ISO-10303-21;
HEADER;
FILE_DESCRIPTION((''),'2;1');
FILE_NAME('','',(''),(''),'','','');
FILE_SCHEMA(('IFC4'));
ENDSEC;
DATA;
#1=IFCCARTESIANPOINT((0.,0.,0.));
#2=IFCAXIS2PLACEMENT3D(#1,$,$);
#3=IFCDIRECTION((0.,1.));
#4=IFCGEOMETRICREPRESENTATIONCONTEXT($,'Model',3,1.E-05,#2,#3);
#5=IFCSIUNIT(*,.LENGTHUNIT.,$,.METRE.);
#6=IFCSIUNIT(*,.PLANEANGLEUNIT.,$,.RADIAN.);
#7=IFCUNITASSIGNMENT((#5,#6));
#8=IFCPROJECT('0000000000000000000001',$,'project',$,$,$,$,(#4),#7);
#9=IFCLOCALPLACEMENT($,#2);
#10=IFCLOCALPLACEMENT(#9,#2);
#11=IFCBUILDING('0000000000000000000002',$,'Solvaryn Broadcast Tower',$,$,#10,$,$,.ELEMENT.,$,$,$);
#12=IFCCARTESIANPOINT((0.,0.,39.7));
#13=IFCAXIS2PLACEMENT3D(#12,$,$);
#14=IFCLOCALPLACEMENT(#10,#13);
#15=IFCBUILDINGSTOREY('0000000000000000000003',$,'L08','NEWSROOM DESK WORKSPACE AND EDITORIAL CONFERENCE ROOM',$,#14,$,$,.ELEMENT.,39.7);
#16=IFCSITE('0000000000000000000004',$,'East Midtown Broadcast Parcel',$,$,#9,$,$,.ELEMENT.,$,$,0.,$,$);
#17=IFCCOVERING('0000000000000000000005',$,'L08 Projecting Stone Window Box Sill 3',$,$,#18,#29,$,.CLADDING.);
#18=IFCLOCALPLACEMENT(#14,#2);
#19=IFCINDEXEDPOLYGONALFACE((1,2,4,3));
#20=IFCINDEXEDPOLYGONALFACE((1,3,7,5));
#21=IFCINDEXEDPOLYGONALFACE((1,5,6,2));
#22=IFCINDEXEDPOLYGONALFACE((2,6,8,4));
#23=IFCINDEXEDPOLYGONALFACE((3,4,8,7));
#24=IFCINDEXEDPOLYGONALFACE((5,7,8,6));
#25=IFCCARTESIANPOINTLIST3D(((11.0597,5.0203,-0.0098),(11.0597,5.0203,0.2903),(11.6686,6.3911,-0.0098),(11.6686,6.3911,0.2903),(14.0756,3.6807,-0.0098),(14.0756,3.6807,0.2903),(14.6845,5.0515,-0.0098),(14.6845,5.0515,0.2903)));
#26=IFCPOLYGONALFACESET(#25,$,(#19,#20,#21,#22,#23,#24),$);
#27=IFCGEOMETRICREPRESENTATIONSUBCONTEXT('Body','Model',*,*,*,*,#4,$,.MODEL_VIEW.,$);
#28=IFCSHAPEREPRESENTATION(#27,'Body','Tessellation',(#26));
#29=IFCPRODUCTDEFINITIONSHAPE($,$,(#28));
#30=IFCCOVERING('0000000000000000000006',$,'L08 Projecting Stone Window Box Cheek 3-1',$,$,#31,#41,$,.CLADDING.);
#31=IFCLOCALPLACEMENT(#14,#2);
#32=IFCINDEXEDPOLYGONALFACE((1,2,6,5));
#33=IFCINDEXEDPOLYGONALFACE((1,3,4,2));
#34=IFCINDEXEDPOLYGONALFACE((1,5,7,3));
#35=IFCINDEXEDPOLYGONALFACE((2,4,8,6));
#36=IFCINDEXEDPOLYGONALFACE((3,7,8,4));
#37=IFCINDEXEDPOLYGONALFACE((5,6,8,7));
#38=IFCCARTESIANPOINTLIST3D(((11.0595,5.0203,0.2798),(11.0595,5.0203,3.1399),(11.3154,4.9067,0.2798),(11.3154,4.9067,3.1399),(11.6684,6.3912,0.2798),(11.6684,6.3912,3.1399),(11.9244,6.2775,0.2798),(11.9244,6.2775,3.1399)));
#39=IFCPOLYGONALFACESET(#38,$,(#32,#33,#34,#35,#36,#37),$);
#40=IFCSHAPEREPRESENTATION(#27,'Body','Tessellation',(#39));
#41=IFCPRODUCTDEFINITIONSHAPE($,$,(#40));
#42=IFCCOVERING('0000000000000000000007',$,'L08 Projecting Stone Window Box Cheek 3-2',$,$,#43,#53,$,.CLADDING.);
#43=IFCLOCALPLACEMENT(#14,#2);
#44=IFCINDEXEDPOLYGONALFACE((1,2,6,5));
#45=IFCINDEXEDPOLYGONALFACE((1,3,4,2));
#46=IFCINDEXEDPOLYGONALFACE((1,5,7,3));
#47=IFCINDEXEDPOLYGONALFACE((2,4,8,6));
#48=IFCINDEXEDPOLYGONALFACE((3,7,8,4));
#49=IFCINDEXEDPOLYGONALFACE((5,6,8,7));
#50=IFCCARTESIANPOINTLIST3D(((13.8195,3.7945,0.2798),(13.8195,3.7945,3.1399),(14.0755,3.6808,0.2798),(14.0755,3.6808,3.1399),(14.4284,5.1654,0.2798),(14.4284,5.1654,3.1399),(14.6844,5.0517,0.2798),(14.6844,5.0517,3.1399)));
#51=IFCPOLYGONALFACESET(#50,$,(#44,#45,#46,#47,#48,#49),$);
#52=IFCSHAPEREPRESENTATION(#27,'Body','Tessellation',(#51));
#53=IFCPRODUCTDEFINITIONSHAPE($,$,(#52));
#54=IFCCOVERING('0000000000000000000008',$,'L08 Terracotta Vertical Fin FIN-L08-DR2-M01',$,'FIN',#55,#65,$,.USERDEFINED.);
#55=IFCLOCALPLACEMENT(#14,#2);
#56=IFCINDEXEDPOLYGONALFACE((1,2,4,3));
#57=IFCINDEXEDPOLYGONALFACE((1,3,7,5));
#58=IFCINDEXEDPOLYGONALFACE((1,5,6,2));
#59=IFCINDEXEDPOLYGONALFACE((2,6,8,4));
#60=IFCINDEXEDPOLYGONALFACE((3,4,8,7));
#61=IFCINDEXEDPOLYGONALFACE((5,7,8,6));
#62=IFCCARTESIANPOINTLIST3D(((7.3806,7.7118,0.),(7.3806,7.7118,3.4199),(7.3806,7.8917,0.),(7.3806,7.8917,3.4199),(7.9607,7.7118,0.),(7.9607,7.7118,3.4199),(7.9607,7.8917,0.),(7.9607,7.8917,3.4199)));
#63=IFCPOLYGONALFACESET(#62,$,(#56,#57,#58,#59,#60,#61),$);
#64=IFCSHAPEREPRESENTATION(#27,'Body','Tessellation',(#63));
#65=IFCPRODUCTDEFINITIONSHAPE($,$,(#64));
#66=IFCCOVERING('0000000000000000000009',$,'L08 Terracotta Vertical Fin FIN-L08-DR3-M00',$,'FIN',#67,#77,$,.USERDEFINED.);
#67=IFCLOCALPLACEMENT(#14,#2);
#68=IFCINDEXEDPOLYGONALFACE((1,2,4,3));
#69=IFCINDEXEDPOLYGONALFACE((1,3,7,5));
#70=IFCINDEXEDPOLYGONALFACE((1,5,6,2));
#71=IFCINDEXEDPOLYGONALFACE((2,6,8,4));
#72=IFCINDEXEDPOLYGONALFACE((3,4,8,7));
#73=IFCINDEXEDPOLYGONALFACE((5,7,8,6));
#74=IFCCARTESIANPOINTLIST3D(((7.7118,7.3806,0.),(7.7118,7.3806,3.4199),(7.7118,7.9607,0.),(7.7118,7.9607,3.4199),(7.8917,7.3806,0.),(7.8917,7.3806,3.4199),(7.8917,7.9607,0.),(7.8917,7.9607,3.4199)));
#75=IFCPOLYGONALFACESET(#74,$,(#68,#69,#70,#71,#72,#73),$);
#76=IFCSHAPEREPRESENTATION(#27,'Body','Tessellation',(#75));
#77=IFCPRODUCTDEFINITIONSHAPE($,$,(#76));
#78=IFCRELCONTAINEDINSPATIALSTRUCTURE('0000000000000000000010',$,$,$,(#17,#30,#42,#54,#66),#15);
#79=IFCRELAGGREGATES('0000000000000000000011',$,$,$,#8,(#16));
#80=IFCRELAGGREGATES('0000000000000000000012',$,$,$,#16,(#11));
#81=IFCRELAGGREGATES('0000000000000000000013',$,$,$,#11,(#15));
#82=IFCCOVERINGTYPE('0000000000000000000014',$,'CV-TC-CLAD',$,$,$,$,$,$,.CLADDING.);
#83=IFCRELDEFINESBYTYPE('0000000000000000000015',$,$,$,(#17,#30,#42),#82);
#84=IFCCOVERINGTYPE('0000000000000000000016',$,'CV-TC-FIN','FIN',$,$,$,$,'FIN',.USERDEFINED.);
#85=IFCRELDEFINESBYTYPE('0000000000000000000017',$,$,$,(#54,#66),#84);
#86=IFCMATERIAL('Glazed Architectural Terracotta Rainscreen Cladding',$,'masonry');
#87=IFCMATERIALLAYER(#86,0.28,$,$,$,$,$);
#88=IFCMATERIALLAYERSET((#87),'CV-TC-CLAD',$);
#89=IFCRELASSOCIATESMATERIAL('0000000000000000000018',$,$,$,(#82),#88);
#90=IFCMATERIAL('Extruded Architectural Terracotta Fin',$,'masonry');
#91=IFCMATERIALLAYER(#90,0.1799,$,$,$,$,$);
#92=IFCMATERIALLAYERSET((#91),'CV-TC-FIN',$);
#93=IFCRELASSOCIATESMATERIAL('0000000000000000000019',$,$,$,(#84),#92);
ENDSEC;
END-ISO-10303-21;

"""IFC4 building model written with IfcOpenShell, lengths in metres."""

from ifc_helpers import new_model, si_unit, direction, frame, origin, origin_2d, place, context, subcontext, project, spatial, rectangle, extrude, material, layer, layer_set, type_object, element, save


model = new_model("IFC4")

# Units and contexts
model_context = context("Model", 3, precision=1e-05, world=origin(), true_north=direction((0.0, 1.0)))
body_context = subcontext(model_context, "Body", "Model", "MODEL_VIEW")
ifc_project = project(units=[si_unit("LENGTHUNIT", "METRE"), si_unit("PLANEANGLEUNIT", "RADIAN")], contexts=[model_context])

# Site, building, storey
site_placement = place(None, origin())
site = spatial("IfcSite", under=ifc_project, at=site_placement, Name="East Midtown Broadcast Parcel", CompositionType="ELEMENT", RefElevation=0.0)
building_placement = place(site_placement, origin())
building = spatial("IfcBuilding", under=site, at=building_placement, Name="Solvaryn Broadcast Tower", CompositionType="ELEMENT")
storey_placement = place(building_placement, frame((0.0, 0.0, 39.7)))
storey = spatial("IfcBuildingStorey", under=building, at=storey_placement, Name="L08", Description="NEWSROOM DESK WORKSPACE AND EDITORIAL CONFERENCE ROOM", CompositionType="ELEMENT", Elevation=39.7)

# Coverings
ifc_material_1 = material(Name="Glazed Architectural Terracotta Rainscreen Cladding", Category="masonry")
ifc_layer_1 = layer(ifc_material_1, 0.28)
ifc_layer_set_1 = layer_set([ifc_layer_1], Name="CV-TC-CLAD")
covering_type_1 = type_object("IfcCoveringType", Name="CV-TC-CLAD", PredefinedType="CLADDING", material=ifc_layer_set_1)
for number, where, z_axis, x_axis, name in (
    (1, (12.8721, 5.0359, -0.0098), (0.0, 0.0, 1.0), (0.9139, -0.405939, 0.0), "L08 Projecting Stone Window Box Sill 3"),
):
    element("IfcCovering", number, at=place(storey_placement, frame(where, z_axis=z_axis, x_axis=x_axis)), inside=storey, type_object=covering_type_1, Name=name, PredefinedType="CLADDING", context=body_context, shape_type="SweptSolid", body=[
        extrude(rectangle(XDim=3.3, YDim=1.5, at=origin_2d()), origin(), (0.0, 0.0, 1.0), 0.3),
    ])
for number, where, z_axis, x_axis, name in (
    (2, (11.4919, 5.6489, 0.2798), (0.0, 0.0, 1.0), (0.9139, -0.405939, 0.0), "L08 Projecting Stone Window Box Cheek 3-1"),
    (3, (14.252, 4.4231, 0.2798), (0.0, 0.0, 1.0), (0.9139, -0.405939, 0.0), "L08 Projecting Stone Window Box Cheek 3-2"),
):
    element("IfcCovering", number, at=place(storey_placement, frame(where, z_axis=z_axis, x_axis=x_axis)), inside=storey, type_object=covering_type_1, Name=name, PredefinedType="CLADDING", context=body_context, shape_type="SweptSolid", body=[
        extrude(rectangle(XDim=0.28, YDim=1.5, at=origin_2d()), origin(), (0.0, 0.0, 1.0), 2.8601),
    ])
ifc_material_2 = material(Name="Extruded Architectural Terracotta Fin", Category="masonry")
ifc_layer_2 = layer(ifc_material_2, 0.1799)
ifc_layer_set_2 = layer_set([ifc_layer_2], Name="CV-TC-FIN")
covering_type_2 = type_object("IfcCoveringType", Name="CV-TC-FIN", Description="FIN", ElementType="FIN", PredefinedType="USERDEFINED", material=ifc_layer_set_2)
covering_1_placement = place(storey_placement, frame((7.6707, 7.8018, 0.0), z_axis=(0.0, 0.0, 1.0), x_axis=(1.0, 0.0, 0.0)))
element("IfcCovering", 4, at=covering_1_placement, inside=storey, type_object=covering_type_2, Name="L08 Terracotta Vertical Fin FIN-L08-DR2-M01", ObjectType="FIN", PredefinedType="USERDEFINED", context=body_context, shape_type="SweptSolid", body=[
    extrude(rectangle(XDim=0.5801, YDim=0.1799, at=origin_2d()), origin(), (0.0, 0.0, 1.0), 3.4199),
])
covering_2_placement = place(storey_placement, frame((7.8018, 7.6707, 0.0), z_axis=(0.0, 0.0, 1.0), x_axis=(1.0, 0.0, 0.0)))
element("IfcCovering", 5, at=covering_2_placement, inside=storey, type_object=covering_type_2, Name="L08 Terracotta Vertical Fin FIN-L08-DR3-M00", ObjectType="FIN", PredefinedType="USERDEFINED", context=body_context, shape_type="SweptSolid", body=[
    extrude(rectangle(XDim=0.1799, YDim=0.5801, at=origin_2d()), origin(), (0.0, 0.0, 1.0), 3.4199),
])

save(model, "model.ifc")
